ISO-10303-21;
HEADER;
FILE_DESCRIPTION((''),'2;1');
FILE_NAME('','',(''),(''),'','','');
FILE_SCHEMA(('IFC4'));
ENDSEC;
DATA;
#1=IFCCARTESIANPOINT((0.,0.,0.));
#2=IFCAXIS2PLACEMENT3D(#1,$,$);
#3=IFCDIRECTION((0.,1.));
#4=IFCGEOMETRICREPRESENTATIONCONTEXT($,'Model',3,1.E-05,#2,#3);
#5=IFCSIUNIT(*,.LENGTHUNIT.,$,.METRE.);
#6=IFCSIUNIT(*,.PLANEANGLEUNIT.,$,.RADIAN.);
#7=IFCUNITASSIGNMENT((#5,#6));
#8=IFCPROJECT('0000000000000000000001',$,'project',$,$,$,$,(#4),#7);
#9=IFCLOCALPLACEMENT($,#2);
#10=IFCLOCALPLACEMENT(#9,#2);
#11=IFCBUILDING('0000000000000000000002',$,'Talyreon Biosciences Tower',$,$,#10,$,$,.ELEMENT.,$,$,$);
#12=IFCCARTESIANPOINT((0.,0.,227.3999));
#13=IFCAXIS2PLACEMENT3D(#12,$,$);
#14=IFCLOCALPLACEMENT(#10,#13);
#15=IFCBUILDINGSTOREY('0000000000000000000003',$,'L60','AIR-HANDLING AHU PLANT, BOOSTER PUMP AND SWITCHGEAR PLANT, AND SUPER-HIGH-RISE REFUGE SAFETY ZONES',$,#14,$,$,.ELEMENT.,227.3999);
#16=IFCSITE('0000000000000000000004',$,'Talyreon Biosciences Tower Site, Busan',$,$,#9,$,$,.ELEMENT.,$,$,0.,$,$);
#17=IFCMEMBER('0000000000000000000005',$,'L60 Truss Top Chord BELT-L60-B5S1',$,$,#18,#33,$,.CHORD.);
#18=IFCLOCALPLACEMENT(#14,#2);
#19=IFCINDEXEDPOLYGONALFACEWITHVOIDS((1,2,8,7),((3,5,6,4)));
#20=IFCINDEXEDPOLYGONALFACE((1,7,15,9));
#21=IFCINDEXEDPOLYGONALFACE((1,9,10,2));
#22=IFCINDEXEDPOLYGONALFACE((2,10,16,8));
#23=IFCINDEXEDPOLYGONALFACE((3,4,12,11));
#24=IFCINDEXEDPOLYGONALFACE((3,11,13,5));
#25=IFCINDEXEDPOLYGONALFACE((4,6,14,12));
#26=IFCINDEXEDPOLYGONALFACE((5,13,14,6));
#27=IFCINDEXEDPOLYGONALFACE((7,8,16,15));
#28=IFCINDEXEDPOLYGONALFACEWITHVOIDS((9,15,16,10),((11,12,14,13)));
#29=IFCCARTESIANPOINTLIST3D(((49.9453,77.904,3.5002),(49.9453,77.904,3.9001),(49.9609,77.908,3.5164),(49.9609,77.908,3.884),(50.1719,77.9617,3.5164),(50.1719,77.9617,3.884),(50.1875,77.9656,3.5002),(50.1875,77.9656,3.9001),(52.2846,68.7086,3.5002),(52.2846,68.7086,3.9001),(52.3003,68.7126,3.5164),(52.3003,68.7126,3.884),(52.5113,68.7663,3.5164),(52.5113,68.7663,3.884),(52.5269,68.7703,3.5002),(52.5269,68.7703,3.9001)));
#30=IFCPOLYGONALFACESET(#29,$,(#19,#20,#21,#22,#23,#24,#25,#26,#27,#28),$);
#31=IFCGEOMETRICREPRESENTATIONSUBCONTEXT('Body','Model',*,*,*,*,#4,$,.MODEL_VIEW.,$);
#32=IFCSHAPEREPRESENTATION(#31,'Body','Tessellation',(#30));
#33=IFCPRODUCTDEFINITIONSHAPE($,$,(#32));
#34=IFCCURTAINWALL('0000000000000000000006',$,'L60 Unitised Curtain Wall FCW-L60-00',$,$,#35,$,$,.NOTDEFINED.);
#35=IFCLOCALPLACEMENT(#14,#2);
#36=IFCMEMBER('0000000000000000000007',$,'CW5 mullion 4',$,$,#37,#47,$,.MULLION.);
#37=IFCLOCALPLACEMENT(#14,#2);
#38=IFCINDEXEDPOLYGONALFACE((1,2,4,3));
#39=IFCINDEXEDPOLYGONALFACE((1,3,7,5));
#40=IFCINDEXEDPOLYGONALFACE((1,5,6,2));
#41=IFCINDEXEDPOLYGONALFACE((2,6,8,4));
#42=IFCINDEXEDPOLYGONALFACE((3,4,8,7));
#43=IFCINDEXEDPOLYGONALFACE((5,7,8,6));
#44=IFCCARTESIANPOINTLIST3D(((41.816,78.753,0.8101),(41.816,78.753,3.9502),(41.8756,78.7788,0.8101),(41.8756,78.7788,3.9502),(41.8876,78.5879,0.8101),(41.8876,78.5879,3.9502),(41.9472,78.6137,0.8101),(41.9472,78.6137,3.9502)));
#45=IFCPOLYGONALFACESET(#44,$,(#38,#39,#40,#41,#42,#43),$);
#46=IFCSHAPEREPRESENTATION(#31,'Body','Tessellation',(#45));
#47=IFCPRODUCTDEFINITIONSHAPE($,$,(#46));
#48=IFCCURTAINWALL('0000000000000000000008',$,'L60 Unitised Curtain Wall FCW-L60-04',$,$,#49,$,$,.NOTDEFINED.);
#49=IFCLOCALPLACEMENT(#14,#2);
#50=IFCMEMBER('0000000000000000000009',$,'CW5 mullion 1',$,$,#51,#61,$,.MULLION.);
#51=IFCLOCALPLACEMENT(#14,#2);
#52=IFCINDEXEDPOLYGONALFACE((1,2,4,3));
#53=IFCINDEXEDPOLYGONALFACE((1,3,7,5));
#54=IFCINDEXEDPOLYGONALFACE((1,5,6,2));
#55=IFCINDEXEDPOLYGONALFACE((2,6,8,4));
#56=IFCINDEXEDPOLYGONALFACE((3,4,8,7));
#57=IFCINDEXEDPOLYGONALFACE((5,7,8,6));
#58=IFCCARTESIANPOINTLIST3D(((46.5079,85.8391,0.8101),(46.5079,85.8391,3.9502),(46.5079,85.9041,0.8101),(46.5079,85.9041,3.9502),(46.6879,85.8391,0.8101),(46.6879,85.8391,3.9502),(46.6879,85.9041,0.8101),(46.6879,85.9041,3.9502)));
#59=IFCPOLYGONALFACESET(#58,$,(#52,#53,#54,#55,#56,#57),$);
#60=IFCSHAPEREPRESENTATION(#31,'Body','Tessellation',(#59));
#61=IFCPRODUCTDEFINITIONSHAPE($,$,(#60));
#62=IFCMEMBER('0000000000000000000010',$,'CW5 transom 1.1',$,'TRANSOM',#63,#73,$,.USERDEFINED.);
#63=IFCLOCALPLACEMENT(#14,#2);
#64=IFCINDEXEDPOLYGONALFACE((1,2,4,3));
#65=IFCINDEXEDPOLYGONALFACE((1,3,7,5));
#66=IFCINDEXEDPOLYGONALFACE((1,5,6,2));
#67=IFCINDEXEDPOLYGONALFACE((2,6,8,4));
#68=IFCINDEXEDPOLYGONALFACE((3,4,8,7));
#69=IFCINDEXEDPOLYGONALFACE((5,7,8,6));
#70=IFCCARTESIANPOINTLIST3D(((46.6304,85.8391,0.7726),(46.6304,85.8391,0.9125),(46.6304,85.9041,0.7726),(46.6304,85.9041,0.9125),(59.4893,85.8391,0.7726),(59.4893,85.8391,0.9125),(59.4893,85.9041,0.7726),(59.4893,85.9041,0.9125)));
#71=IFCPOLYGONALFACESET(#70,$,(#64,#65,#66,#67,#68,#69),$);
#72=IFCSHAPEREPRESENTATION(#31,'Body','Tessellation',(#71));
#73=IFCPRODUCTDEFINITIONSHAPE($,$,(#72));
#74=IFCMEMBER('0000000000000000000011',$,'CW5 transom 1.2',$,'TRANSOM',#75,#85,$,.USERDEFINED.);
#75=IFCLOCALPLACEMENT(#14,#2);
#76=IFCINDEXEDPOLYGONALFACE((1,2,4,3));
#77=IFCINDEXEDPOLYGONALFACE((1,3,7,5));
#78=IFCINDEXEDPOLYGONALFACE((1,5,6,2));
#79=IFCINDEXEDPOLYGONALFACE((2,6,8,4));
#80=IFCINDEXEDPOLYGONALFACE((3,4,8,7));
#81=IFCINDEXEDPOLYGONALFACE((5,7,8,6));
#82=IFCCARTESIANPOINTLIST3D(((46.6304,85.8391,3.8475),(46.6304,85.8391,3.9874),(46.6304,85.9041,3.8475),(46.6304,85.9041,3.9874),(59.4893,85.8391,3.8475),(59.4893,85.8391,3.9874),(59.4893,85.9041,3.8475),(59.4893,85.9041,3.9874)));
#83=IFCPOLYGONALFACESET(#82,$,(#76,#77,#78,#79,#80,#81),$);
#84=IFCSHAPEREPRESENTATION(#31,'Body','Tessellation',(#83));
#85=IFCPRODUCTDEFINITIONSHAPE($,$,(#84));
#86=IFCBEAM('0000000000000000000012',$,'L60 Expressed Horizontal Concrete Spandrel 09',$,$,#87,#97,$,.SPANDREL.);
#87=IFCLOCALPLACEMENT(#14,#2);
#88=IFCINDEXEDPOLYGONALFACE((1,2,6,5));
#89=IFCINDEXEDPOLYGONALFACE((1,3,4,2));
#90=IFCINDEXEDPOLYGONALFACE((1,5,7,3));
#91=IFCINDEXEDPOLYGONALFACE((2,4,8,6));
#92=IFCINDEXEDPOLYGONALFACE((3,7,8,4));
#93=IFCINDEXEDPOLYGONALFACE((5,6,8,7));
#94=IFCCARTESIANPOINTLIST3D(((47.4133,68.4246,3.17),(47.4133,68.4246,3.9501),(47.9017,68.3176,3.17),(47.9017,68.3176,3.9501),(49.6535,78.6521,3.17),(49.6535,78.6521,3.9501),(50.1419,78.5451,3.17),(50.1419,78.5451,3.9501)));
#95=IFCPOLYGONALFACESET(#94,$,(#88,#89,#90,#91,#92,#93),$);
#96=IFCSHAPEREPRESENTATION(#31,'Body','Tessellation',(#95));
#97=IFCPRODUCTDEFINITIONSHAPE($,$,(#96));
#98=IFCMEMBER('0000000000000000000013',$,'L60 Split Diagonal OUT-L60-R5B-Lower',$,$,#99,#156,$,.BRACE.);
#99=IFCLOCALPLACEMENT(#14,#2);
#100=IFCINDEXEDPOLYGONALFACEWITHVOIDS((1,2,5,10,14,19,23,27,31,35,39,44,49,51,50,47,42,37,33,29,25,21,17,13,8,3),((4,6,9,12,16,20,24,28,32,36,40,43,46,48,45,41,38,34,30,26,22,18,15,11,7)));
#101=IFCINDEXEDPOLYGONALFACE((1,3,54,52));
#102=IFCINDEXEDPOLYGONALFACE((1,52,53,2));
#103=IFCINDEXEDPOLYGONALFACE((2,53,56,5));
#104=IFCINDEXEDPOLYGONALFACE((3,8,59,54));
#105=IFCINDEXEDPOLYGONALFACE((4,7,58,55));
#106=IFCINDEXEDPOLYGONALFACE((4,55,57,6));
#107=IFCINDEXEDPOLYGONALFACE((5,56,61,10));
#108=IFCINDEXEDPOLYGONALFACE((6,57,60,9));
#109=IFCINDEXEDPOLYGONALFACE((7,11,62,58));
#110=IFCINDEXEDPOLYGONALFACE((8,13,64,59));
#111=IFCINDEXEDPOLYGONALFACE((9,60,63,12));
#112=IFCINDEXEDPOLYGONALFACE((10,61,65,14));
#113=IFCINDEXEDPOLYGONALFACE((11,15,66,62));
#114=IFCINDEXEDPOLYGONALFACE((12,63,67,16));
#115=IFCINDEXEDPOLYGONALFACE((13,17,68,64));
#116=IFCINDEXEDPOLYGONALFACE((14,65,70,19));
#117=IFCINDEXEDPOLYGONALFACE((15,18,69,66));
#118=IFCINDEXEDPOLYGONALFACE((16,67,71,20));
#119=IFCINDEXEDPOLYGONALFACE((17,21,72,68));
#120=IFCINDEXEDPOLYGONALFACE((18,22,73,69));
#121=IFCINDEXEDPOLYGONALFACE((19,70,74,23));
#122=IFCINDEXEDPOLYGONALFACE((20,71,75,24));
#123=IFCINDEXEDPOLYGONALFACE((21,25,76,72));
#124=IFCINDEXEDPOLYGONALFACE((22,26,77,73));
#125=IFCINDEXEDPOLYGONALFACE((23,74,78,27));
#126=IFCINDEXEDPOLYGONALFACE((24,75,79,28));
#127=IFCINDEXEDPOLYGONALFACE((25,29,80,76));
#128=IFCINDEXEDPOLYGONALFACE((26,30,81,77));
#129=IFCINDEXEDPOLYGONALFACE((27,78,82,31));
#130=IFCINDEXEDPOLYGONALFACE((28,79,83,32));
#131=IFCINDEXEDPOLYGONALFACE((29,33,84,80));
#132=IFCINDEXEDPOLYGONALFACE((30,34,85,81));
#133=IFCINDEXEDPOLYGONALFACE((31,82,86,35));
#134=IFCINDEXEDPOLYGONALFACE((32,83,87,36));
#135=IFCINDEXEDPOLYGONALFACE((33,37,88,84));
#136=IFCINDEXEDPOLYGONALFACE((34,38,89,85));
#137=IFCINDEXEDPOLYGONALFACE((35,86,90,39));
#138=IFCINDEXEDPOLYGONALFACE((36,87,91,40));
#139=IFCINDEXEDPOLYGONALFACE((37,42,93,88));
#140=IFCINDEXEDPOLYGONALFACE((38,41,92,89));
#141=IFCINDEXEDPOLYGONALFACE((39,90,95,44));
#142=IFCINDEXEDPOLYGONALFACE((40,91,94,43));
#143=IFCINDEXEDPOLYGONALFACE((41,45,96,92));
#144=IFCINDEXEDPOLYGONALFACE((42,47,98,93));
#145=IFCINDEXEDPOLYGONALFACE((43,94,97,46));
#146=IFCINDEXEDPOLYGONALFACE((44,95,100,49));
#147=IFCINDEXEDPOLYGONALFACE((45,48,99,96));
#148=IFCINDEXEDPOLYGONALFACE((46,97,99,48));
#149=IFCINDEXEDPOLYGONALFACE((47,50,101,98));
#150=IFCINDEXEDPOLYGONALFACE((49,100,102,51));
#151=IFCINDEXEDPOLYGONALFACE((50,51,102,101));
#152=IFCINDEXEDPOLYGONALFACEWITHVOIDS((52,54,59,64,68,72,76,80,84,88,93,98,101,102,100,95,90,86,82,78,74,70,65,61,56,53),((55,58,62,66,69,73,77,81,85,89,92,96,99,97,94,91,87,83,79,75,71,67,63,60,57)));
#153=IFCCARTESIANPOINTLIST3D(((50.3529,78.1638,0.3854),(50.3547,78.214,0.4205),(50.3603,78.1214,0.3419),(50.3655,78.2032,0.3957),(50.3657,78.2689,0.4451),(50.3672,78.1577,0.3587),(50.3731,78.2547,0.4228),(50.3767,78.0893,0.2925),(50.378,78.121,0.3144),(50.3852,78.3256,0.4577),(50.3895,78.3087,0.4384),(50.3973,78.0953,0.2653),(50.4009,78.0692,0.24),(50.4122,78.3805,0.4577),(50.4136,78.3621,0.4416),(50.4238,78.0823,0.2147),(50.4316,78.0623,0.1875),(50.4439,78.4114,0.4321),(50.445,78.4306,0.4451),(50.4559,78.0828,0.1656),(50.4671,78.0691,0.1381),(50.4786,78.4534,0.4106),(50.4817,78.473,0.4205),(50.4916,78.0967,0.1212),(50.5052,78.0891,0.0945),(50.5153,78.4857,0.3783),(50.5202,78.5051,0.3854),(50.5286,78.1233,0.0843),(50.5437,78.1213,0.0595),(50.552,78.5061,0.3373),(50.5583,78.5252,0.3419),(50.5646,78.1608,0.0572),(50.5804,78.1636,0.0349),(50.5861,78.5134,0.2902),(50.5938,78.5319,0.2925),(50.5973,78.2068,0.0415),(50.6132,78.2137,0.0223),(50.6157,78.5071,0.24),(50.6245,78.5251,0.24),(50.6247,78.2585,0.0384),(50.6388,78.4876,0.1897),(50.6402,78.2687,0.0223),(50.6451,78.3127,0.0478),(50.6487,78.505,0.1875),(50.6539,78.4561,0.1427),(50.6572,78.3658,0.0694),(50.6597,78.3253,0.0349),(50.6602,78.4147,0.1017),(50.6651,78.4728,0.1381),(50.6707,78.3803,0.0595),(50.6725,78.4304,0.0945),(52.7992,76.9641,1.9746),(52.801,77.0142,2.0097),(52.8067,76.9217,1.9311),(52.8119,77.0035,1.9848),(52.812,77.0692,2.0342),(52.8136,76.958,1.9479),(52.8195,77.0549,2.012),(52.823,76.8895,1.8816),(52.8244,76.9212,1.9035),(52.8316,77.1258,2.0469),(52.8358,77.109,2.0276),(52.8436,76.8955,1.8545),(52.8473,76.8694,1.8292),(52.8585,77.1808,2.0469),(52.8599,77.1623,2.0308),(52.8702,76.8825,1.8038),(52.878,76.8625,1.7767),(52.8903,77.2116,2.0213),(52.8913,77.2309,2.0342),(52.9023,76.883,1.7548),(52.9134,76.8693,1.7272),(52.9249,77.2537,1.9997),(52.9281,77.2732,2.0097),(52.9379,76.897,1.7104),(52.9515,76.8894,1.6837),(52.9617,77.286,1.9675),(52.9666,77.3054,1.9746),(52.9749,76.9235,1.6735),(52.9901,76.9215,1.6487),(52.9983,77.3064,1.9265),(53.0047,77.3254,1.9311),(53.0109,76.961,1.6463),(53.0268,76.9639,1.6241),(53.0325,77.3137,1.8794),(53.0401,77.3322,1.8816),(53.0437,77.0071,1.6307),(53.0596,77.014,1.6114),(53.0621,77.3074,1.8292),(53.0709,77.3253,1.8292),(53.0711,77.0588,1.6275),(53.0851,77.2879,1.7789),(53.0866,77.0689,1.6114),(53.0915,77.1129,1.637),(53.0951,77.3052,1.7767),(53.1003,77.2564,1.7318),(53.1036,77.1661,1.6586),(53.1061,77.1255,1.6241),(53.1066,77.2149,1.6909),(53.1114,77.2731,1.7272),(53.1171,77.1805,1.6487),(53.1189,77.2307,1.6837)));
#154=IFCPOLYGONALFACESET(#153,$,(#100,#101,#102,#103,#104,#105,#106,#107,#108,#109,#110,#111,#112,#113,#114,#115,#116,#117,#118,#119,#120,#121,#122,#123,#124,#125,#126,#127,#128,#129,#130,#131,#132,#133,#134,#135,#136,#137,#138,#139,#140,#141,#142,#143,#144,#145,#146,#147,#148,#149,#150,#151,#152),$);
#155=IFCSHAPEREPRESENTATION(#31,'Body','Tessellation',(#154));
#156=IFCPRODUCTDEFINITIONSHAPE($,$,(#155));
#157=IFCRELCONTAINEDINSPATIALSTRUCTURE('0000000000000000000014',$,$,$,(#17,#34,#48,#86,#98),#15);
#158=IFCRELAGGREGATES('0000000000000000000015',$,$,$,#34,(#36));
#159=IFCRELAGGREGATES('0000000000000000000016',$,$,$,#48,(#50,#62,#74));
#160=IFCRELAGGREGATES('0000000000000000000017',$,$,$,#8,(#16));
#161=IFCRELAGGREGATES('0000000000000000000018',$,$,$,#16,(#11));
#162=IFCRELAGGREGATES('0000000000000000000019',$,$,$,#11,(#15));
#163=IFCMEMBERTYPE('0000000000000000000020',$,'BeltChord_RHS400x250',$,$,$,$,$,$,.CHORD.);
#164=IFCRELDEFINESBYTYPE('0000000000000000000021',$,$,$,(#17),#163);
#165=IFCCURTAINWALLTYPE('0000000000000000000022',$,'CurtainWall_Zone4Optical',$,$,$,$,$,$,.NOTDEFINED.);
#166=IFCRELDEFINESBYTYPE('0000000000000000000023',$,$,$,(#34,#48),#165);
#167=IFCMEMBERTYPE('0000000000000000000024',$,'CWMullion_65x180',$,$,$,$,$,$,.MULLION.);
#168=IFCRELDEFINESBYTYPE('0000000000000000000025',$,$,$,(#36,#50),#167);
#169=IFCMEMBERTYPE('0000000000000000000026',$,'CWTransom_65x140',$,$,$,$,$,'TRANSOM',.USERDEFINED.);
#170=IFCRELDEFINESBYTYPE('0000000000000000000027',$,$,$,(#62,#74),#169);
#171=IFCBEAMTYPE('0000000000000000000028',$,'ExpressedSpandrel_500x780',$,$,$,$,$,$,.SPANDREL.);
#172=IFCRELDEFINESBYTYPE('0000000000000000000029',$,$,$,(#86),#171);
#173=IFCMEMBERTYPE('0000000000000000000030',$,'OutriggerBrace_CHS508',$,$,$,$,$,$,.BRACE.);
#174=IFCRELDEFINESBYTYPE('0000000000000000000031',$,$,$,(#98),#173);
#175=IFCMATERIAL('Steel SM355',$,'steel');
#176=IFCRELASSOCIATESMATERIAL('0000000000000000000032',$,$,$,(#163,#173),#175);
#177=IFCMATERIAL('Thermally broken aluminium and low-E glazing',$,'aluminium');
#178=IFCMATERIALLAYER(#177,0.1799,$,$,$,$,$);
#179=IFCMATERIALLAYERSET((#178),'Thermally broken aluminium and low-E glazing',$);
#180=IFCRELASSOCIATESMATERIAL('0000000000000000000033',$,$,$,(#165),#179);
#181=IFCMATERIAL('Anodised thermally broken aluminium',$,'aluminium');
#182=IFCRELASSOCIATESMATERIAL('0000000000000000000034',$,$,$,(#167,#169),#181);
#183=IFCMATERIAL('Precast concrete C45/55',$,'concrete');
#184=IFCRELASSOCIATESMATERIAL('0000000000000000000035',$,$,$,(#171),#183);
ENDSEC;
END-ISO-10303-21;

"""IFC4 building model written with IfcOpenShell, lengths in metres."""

from ifc_helpers import new_model, si_unit, direction, frame, origin, origin_2d, place, context, subcontext, project, spatial, rectangle, hollow_rectangle, hollow_circle, extrude, material, layer, layer_set, material_profile, profile_set, type_object, element, aggregate, save


model = new_model("IFC4")

# Units and contexts
model_context = context("Model", 3, precision=1e-05, world=origin(), true_north=direction((0.0, 1.0)))
body_context = subcontext(model_context, "Body", "Model", "MODEL_VIEW")
ifc_project = project(units=[si_unit("LENGTHUNIT", "METRE"), si_unit("PLANEANGLEUNIT", "RADIAN")], contexts=[model_context])

# Site, building, storey
site_placement = place(None, origin())
site = spatial("IfcSite", under=ifc_project, at=site_placement, Name="Talyreon Biosciences Tower Site, Busan", CompositionType="ELEMENT", RefElevation=0.0)
building_placement = place(site_placement, origin())
building = spatial("IfcBuilding", under=site, at=building_placement, Name="Talyreon Biosciences Tower", CompositionType="ELEMENT")
storey_placement = place(building_placement, frame((0.0, 0.0, 227.3999)))
storey = spatial("IfcBuildingStorey", under=building, at=storey_placement, Name="L60", Description="AIR-HANDLING AHU PLANT, BOOSTER PUMP AND SWITCHGEAR PLANT, AND SUPER-HIGH-RISE REFUGE SAFETY ZONES", CompositionType="ELEMENT", Elevation=227.3999)

# Member
ifc_material_1 = material(Name="Steel SM355", Category="steel")
ifc_material_profile_1 = material_profile(ifc_material_1, hollow_rectangle(XDim=0.25, YDim=0.3999, WallThickness=0.0161, at=origin_2d()), Name="RHS 400x250x16")
ifc_profile_set_1 = profile_set([ifc_material_profile_1], Name="Steel SM355")
member_type_1 = type_object("IfcMemberType", Name="BeltChord_RHS400x250", PredefinedType="CHORD", material=ifc_profile_set_1)
for number, where, z_axis, x_axis, name in (
    (1, (50.0664, 77.9348, 3.7002), (0.246554, -0.969129, 0.0), (0.969129, 0.246554, 0.0), "L60 Truss Top Chord BELT-L60-B5S1"),
):
    element("IfcMember", number, at=place(storey_placement, frame(where, z_axis=z_axis, x_axis=x_axis)), inside=storey, type_object=member_type_1, Name=name, PredefinedType="CHORD", context=body_context, shape_type="SweptSolid", body=[
        extrude(hollow_rectangle(XDim=0.25, YDim=0.3999, WallThickness=0.0161, at=origin_2d()), origin(), (0.0, 0.0, 1.0), 9.4883),
    ])

# Curtain wall, member
ifc_material_2 = material(Name="Thermally broken aluminium and low-E glazing", Category="aluminium")
ifc_layer_1 = layer(ifc_material_2, 0.1799)
ifc_layer_set_1 = layer_set([ifc_layer_1], Name="Thermally broken aluminium and low-E glazing")
curtain_wall_type = type_object("IfcCurtainWallType", Name="CurtainWall_Zone4Optical", PredefinedType="NOTDEFINED", material=ifc_layer_set_1)
curtain_wall_1_placement = place(storey_placement, origin())
curtain_wall_1 = element("IfcCurtainWall", 2, at=curtain_wall_1_placement, inside=storey, type_object=curtain_wall_type, Name="L60 Unitised Curtain Wall FCW-L60-00", PredefinedType="NOTDEFINED")
ifc_material_3 = material(Name="Anodised thermally broken aluminium", Category="aluminium")
ifc_material_profile_2 = material_profile(ifc_material_3, rectangle(XDim=0.0649, YDim=0.1799, at=origin_2d()), Name="ALUM MULLION 65x180")
ifc_profile_set_2 = profile_set([ifc_material_profile_2], Name="Anodised thermally broken aluminium")
member_type_2 = type_object("IfcMemberType", Name="CWMullion_65x180", PredefinedType="MULLION", material=ifc_profile_set_2)
member_1_placement = place(storey_placement, frame((41.8816, 78.6833, 0.8101), z_axis=(0.0, 0.0, 1.0), x_axis=(-0.917337, -0.398112, 0.0)))
member_1 = element("IfcMember", 3, at=member_1_placement, type_object=member_type_2, Name="CW5 mullion 4", PredefinedType="MULLION", context=body_context, shape_type="SweptSolid", body=[
    extrude(rectangle(XDim=0.0649, YDim=0.1799, at=origin_2d()), origin(), (0.0, 0.0, 1.0), 3.1401),
])
aggregate(curtain_wall_1, [member_1])

# Curtain wall, members
curtain_wall_2_placement = place(storey_placement, origin())
curtain_wall_2 = element("IfcCurtainWall", 4, at=curtain_wall_2_placement, inside=storey, type_object=curtain_wall_type, Name="L60 Unitised Curtain Wall FCW-L60-04", PredefinedType="NOTDEFINED")
member_2_placement = place(storey_placement, frame((46.5979, 85.8716, 0.8101), z_axis=(0.0, 0.0, 1.0), x_axis=(0.0, 1.0, 0.0)))
member_2 = element("IfcMember", 5, at=member_2_placement, type_object=member_type_2, Name="CW5 mullion 1", PredefinedType="MULLION", context=body_context, shape_type="SweptSolid", body=[
    extrude(rectangle(XDim=0.0649, YDim=0.1799, at=origin_2d()), origin(), (0.0, 0.0, 1.0), 3.1401),
])
ifc_material_profile_3 = material_profile(ifc_material_3, rectangle(XDim=0.0649, YDim=0.1399, at=origin_2d()), Name="ALUM TRANSOM 65x140")
ifc_profile_set_3 = profile_set([ifc_material_profile_3], Name="Anodised thermally broken aluminium")
member_type_3 = type_object("IfcMemberType", Name="CWTransom_65x140", ElementType="TRANSOM", PredefinedType="USERDEFINED", material=ifc_profile_set_3)
member_3_placement = place(storey_placement, frame((46.6304, 85.8716, 0.8425), z_axis=(1.0, 0.0, 0.0), x_axis=(0.0, 1.0, 0.0)))
member_3 = element("IfcMember", 6, at=member_3_placement, type_object=member_type_3, Name="CW5 transom 1.1", ObjectType="TRANSOM", PredefinedType="USERDEFINED", context=body_context, shape_type="SweptSolid", body=[
    extrude(rectangle(XDim=0.0649, YDim=0.1399, at=origin_2d()), origin(), (0.0, 0.0, 1.0), 12.8589),
])
member_4_placement = place(storey_placement, frame((46.6304, 85.8716, 3.9175), z_axis=(1.0, 0.0, 0.0), x_axis=(0.0, 1.0, 0.0)))
member_4 = element("IfcMember", 7, at=member_4_placement, type_object=member_type_3, Name="CW5 transom 1.2", ObjectType="TRANSOM", PredefinedType="USERDEFINED", context=body_context, shape_type="SweptSolid", body=[
    extrude(rectangle(XDim=0.0649, YDim=0.1399, at=origin_2d()), origin(), (0.0, 0.0, 1.0), 12.8589),
])

# Beam
ifc_material_4 = material(Name="Precast concrete C45/55", Category="concrete")
ifc_material_profile_4 = material_profile(ifc_material_4, rectangle(XDim=0.5, YDim=0.78, at=origin_2d()), Name="RCB 500x780")
ifc_profile_set_4 = profile_set([ifc_material_profile_4], Name="Precast concrete C45/55")
beam_type_1 = type_object("IfcBeamType", Name="ExpressedSpandrel_500x780", PredefinedType="SPANDREL", material=ifc_profile_set_4)
beam_1_placement = place(storey_placement, frame((49.8977, 78.5986, 3.5601), z_axis=(-0.213967, -0.976841, 0.0), x_axis=(0.976841, -0.213967, 0.0)))
element("IfcBeam", 8, at=beam_1_placement, inside=storey, type_object=beam_type_1, Name="L60 Expressed Horizontal Concrete Spandrel 09", PredefinedType="SPANDREL", context=body_context, shape_type="SweptSolid", body=[
    extrude(rectangle(XDim=0.5, YDim=0.78, at=origin_2d()), origin(), (0.0, 0.0, 1.0), 10.47),
])

# Member
ifc_material_profile_5 = material_profile(ifc_material_1, hollow_circle(Radius=0.2539, WallThickness=0.02, at=origin_2d()), Name="CHS 508x20")
ifc_profile_set_5 = profile_set([ifc_material_profile_5], Name="Steel SM355")
member_type_4 = type_object("IfcMemberType", Name="OutriggerBrace_CHS508", PredefinedType="BRACE", material=ifc_profile_set_5)
member_5_placement = place(storey_placement, frame((50.5127, 78.2971, 0.24), z_axis=(0.775569, -0.380354, 0.50381), x_axis=(0.440319, 0.897842, 0.0)))
element("IfcMember", 9, at=member_5_placement, inside=storey, type_object=member_type_4, Name="L60 Split Diagonal OUT-L60-R5B-Lower", PredefinedType="BRACE", context=body_context, shape_type="SweptSolid", body=[
    extrude(hollow_circle(Radius=0.2539, WallThickness=0.02, at=origin_2d()), origin(), (0.0, 0.0, 1.0), 3.1543),
])

aggregate(curtain_wall_2, [member_2, member_3, member_4])

save(model, "model.ifc")
